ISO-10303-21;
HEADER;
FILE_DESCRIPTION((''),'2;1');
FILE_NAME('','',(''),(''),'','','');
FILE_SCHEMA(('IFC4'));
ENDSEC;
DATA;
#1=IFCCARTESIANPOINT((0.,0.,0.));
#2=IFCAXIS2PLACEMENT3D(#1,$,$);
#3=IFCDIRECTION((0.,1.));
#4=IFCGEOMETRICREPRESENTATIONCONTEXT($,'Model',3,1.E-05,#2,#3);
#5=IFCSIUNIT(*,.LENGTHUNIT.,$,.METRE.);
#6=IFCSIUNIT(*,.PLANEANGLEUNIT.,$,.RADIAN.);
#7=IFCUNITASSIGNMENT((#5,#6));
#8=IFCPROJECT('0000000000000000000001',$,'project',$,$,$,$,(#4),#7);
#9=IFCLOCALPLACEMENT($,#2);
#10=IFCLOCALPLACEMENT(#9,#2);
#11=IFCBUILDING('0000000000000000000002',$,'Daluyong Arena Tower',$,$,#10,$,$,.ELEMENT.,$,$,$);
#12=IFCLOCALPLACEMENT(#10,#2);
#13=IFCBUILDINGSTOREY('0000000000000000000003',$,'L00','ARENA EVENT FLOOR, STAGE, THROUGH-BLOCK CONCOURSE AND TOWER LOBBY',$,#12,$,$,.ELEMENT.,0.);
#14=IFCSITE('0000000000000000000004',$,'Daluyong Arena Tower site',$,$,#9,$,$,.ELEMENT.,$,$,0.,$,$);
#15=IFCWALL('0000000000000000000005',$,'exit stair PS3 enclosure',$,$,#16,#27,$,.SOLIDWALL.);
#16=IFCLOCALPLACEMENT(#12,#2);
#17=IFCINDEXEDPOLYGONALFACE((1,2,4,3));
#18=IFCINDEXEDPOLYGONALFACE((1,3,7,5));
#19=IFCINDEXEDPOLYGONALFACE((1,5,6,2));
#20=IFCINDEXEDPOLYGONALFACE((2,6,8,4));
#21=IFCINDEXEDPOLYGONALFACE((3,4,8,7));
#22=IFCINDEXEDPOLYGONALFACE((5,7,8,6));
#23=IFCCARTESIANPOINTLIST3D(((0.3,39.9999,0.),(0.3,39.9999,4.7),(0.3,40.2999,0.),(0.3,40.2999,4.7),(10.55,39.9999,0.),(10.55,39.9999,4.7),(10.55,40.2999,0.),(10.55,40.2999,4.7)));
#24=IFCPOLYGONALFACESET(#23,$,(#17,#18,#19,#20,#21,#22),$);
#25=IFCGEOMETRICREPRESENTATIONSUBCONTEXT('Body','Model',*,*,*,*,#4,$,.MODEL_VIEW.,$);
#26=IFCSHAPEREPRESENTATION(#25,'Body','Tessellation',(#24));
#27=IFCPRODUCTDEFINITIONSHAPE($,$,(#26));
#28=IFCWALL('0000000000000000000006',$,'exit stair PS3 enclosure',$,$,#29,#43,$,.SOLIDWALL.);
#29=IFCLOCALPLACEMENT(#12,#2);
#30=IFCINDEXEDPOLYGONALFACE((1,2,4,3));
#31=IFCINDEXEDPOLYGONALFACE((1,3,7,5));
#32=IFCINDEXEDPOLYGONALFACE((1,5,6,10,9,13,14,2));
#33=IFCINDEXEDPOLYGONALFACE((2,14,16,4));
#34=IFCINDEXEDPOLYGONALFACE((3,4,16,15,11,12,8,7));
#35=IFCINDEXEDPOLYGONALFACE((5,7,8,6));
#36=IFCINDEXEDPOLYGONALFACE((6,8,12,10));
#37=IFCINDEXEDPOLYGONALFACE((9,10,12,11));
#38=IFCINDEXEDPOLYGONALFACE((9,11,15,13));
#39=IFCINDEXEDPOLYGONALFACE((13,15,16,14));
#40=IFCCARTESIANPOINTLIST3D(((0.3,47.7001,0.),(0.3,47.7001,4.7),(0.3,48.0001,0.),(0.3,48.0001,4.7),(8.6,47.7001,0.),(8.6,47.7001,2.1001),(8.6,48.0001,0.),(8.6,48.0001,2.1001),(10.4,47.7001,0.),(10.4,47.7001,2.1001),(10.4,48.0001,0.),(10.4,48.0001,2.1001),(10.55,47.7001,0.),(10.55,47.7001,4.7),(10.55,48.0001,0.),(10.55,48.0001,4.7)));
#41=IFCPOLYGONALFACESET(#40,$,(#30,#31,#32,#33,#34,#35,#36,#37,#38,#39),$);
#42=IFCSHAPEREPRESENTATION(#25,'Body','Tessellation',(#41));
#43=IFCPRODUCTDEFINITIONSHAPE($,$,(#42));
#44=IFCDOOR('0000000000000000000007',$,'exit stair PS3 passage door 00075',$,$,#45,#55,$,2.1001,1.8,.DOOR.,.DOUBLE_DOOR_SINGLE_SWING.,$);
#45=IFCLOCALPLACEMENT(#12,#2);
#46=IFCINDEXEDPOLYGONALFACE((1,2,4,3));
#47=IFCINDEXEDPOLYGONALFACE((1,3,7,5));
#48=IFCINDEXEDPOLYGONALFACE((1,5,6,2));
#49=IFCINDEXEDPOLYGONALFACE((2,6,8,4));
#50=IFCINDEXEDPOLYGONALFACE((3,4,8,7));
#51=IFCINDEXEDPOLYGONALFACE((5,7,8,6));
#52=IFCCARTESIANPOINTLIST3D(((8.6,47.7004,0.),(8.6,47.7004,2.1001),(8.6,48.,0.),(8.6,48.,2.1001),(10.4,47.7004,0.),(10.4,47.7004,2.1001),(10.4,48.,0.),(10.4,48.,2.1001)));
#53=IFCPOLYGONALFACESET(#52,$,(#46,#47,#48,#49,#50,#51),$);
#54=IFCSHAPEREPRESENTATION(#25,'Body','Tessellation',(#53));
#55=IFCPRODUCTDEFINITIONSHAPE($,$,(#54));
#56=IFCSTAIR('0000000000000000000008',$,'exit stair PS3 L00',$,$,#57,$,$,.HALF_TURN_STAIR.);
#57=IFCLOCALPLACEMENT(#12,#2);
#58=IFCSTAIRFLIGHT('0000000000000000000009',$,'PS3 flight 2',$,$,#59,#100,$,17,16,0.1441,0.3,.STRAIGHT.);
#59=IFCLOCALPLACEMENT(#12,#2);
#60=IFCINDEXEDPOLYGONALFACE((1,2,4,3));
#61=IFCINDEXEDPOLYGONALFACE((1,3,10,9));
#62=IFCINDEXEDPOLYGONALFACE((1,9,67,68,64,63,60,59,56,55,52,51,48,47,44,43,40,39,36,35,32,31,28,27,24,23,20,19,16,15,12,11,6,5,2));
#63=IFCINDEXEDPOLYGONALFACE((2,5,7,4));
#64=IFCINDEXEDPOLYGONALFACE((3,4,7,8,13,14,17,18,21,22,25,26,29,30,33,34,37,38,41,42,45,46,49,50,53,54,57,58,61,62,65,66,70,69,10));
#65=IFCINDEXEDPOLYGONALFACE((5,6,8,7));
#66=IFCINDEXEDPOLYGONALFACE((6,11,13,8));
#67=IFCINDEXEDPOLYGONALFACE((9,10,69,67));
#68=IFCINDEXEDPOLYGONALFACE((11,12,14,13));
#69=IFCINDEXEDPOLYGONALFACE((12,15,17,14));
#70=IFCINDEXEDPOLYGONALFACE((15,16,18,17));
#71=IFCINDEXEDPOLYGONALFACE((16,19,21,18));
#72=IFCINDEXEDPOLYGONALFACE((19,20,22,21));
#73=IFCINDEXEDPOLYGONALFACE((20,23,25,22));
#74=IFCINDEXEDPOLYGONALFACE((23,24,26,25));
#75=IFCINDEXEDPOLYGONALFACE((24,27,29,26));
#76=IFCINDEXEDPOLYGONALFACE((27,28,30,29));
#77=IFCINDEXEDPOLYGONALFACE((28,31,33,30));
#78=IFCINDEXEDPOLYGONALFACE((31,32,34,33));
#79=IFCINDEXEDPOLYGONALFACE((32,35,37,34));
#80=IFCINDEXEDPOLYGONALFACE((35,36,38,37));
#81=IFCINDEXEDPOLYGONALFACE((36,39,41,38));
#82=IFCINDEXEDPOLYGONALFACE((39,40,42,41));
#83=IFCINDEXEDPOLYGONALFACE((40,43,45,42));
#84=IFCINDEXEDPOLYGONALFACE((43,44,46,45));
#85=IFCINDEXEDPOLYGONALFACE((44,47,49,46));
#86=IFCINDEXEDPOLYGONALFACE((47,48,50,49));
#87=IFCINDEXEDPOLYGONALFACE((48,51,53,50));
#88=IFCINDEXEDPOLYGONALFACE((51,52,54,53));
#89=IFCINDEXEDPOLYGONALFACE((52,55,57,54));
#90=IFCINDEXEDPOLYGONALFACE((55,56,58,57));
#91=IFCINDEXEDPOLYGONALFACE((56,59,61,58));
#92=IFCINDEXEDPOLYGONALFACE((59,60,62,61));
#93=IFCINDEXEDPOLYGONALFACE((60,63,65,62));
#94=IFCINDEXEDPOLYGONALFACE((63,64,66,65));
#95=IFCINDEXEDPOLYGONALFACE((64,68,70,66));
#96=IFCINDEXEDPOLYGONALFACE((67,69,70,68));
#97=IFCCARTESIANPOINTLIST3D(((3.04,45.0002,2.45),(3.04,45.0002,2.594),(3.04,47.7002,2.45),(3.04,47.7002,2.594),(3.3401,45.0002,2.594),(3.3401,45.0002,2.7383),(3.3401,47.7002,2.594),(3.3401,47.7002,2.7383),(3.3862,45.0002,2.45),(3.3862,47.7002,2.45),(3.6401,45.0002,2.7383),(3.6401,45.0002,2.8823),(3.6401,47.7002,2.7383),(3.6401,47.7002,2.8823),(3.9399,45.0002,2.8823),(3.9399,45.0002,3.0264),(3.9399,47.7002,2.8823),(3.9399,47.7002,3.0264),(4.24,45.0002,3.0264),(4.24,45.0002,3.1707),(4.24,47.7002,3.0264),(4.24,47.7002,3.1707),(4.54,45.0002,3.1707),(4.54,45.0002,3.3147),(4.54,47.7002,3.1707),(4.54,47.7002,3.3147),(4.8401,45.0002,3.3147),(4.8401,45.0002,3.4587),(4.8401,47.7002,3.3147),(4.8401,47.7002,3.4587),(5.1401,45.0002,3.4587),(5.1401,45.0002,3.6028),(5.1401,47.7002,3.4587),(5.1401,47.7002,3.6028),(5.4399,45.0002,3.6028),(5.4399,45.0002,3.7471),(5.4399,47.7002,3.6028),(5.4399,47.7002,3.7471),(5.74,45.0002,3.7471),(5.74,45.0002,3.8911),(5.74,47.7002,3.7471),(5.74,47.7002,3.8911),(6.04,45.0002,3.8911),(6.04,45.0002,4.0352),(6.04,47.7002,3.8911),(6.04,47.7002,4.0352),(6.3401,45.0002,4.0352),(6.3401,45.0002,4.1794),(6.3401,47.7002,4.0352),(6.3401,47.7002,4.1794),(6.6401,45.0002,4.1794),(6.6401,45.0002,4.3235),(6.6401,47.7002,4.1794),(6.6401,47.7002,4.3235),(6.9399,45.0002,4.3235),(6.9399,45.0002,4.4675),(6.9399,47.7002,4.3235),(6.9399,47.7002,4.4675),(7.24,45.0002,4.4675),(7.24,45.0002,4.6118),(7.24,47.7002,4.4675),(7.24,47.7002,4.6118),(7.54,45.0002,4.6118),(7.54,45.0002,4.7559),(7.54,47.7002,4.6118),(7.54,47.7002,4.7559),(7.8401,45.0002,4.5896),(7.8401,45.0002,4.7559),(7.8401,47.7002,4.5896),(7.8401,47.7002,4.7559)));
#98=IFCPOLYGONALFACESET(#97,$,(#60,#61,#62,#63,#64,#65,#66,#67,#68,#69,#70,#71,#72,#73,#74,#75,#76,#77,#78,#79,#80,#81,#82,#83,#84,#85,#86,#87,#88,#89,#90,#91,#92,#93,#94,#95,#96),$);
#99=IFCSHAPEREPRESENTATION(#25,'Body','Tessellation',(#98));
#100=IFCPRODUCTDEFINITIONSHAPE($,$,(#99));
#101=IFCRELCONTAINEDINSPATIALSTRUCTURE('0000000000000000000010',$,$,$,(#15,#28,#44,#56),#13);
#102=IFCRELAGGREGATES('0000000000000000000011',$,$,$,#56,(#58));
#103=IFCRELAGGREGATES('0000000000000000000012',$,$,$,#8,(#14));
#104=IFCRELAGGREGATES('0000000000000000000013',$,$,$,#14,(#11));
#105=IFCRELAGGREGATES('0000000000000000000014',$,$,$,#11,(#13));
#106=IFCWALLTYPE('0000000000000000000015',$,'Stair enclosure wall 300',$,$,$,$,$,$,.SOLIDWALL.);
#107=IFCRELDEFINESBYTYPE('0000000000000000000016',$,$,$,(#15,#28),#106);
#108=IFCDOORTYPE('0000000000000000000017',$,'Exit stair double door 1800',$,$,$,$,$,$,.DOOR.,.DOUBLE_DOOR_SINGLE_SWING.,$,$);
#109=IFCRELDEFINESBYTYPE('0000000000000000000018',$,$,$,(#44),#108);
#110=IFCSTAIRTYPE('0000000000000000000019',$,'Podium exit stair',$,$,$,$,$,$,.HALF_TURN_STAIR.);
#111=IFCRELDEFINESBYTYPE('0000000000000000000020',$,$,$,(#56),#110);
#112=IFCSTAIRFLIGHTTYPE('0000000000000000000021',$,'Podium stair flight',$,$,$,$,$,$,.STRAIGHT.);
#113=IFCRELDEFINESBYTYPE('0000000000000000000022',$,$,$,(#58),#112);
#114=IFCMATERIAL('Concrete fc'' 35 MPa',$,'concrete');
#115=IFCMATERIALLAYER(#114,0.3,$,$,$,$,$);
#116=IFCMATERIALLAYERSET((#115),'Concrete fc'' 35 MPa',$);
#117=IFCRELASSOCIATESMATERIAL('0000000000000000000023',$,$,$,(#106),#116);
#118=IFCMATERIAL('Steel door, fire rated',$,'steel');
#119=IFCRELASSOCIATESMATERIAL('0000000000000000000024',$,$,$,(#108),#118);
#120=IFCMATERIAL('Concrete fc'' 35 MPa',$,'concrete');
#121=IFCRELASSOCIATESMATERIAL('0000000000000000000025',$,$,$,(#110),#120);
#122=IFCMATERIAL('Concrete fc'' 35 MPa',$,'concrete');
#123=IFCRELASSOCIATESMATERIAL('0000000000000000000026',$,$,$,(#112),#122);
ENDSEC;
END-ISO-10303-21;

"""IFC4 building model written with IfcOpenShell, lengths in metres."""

from ifc_helpers import new_model, si_unit, direction, frame, frame_2d, origin, place, context, subcontext, project, spatial, polyline, rectangle, outline, extrude, material, layer, layer_set, type_object, element, fill, aggregate, save


model = new_model("IFC4")

# Units and contexts
model_context = context("Model", 3, precision=1e-05, world=origin(), true_north=direction((0.0, 1.0)))
body_context = subcontext(model_context, "Body", "Model", "MODEL_VIEW")
ifc_project = project(units=[si_unit("LENGTHUNIT", "METRE"), si_unit("PLANEANGLEUNIT", "RADIAN")], contexts=[model_context])

# Site, building, storey
site_placement = place(None, origin())
site = spatial("IfcSite", under=ifc_project, at=site_placement, Name="Daluyong Arena Tower site", CompositionType="ELEMENT", RefElevation=0.0)
building_placement = place(site_placement, origin())
building = spatial("IfcBuilding", under=site, at=building_placement, Name="Daluyong Arena Tower", CompositionType="ELEMENT")
storey_placement = place(building_placement, origin())
storey = spatial("IfcBuildingStorey", under=building, at=storey_placement, Name="L00", Description="ARENA EVENT FLOOR, STAGE, THROUGH-BLOCK CONCOURSE AND TOWER LOBBY", CompositionType="ELEMENT", Elevation=0.0)

# Wall
ifc_material_1 = material(Name="Concrete fc' 35 MPa", Category="concrete")
ifc_layer_1 = layer(ifc_material_1, 0.3)
ifc_layer_set_1 = layer_set([ifc_layer_1], Name="Concrete fc' 35 MPa")
wall_type = type_object("IfcWallType", Name="Stair enclosure wall 300", PredefinedType="SOLIDWALL", material=ifc_layer_set_1)
wall_1_placement = place(storey_placement, frame((0.3, 40.1499, 0.0), z_axis=(0.0, 0.0, 1.0), x_axis=(1.0, 0.0, 0.0)))
element("IfcWall", 1, at=wall_1_placement, inside=storey, type_object=wall_type, Name="exit stair PS3 enclosure", PredefinedType="SOLIDWALL", context=body_context, shape_type="SweptSolid", body=[
    extrude(rectangle(XDim=10.25, YDim=0.3, at=frame_2d((5.125, 0.0))), origin(), (0.0, 0.0, 1.0), 4.7),
])

# Wall, opening, door
wall_2_placement = place(storey_placement, frame((0.3, 47.8501, 0.0), z_axis=(0.0, 0.0, 1.0), x_axis=(1.0, 0.0, 0.0)))
wall_2 = element("IfcWall", 2, at=wall_2_placement, inside=storey, type_object=wall_type, Name="exit stair PS3 enclosure", PredefinedType="SOLIDWALL", context=body_context, shape_type="SweptSolid", body=[
    extrude(rectangle(XDim=10.25, YDim=0.3, at=frame_2d((5.125, 0.0))), origin(), (0.0, 0.0, 1.0), 4.7),
])
opening_placement = place(wall_2_placement, frame((8.3, 0.0, 0.0)))
opening = element("IfcOpeningElement", 3, at=opening_placement, cuts=wall_2, PredefinedType="OPENING", context=body_context, shape_type="SweptSolid", body=[
    extrude(rectangle(XDim=1.8, YDim=2.1001, at=frame_2d((0.8999, 1.05))), frame((0.0, 0.1599, 0.0), z_axis=(0.0, -1.0, 0.0), x_axis=(1.0, 0.0, 0.0)), (0.0, 0.0, 1.0), 0.3201),
])
ifc_material_2 = material(Name="Steel door, fire rated", Category="steel")
door_type = type_object("IfcDoorType", Name="Exit stair double door 1800", OperationType="DOUBLE_DOOR_SINGLE_SWING", PredefinedType="DOOR", material=ifc_material_2)
door_placement = place(opening_placement, origin())
door = element("IfcDoor", 4, at=door_placement, inside=storey, type_object=door_type, Name="exit stair PS3 passage door 00075", OperationType="DOUBLE_DOOR_SINGLE_SWING", OverallHeight=2.1001, OverallWidth=1.8, PredefinedType="DOOR", context=body_context, shape_type="SweptSolid", body=[
    extrude(rectangle(XDim=1.8, YDim=2.1001, at=frame_2d((0.8999, 1.05))), frame((0.0, 0.1499, 0.0), z_axis=(0.0, -1.0, 0.0), x_axis=(1.0, 0.0, 0.0)), (0.0, 0.0, 1.0), 0.2996),
])
fill(opening, door)

# Stair, stair flight
ifc_material_3 = material(Name="Concrete fc' 35 MPa", Category="concrete")
stair_type = type_object("IfcStairType", Name="Podium exit stair", PredefinedType="HALF_TURN_STAIR", material=ifc_material_3)
stair_placement = place(storey_placement, origin())
stair = element("IfcStair", 5, at=stair_placement, inside=storey, type_object=stair_type, Name="exit stair PS3 L00", PredefinedType="HALF_TURN_STAIR")
ifc_material_4 = material(Name="Concrete fc' 35 MPa", Category="concrete")
stair_flight_type = type_object("IfcStairFlightType", Name="Podium stair flight", PredefinedType="STRAIGHT", material=ifc_material_4)
stair_flight_placement = place(storey_placement, frame((3.04, 46.3501, 2.45), z_axis=(0.0, 0.0, 1.0), x_axis=(1.0, 0.0, 0.0)))
stair_flight = element("IfcStairFlight", 6, at=stair_flight_placement, type_object=stair_flight_type, Name="PS3 flight 2", NumberOfRisers=17, NumberOfTreads=16, PredefinedType="STRAIGHT", RiserHeight=0.1441, TreadLength=0.3, context=body_context, shape_type="SweptSolid", body=[
    extrude(outline(polyline([(0.0, 0.0), (0.0, 0.144), (0.3, 0.144), (0.3, 0.2883), (0.6001, 0.2883), (0.6001, 0.4324), (0.8999, 0.4324), (0.8999, 0.5764), (1.2, 0.5764), (1.2, 0.7207), (1.5, 0.7207), (1.5, 0.8647), (1.8, 0.8647), (1.8, 1.0088), (2.1001, 1.0088), (2.1001, 1.1528), (2.3999, 1.1528), (2.3999, 1.2971), (2.7, 1.2971), (2.7, 1.4412), (3.0, 1.4412), (3.0, 1.5852), (3.3, 1.5852), (3.3, 1.7295), (3.6001, 1.7295), (3.6001, 1.8735), (3.8999, 1.8735), (3.8999, 2.0176), (4.2, 2.0176), (4.2, 2.1619), (4.5, 2.1619), (4.5, 2.3059), (4.8, 2.3059), (4.8, 2.45), (4.8, 2.1396), (0.3462, 0.0), (0.0, 0.0)])), frame((0.0, 1.3501, 0.0), z_axis=(0.0, -1.0, 0.0), x_axis=(1.0, 0.0, 0.0)), (0.0, 0.0, 1.0), 2.7),
])
aggregate(stair, [stair_flight])

save(model, "model.ifc")
